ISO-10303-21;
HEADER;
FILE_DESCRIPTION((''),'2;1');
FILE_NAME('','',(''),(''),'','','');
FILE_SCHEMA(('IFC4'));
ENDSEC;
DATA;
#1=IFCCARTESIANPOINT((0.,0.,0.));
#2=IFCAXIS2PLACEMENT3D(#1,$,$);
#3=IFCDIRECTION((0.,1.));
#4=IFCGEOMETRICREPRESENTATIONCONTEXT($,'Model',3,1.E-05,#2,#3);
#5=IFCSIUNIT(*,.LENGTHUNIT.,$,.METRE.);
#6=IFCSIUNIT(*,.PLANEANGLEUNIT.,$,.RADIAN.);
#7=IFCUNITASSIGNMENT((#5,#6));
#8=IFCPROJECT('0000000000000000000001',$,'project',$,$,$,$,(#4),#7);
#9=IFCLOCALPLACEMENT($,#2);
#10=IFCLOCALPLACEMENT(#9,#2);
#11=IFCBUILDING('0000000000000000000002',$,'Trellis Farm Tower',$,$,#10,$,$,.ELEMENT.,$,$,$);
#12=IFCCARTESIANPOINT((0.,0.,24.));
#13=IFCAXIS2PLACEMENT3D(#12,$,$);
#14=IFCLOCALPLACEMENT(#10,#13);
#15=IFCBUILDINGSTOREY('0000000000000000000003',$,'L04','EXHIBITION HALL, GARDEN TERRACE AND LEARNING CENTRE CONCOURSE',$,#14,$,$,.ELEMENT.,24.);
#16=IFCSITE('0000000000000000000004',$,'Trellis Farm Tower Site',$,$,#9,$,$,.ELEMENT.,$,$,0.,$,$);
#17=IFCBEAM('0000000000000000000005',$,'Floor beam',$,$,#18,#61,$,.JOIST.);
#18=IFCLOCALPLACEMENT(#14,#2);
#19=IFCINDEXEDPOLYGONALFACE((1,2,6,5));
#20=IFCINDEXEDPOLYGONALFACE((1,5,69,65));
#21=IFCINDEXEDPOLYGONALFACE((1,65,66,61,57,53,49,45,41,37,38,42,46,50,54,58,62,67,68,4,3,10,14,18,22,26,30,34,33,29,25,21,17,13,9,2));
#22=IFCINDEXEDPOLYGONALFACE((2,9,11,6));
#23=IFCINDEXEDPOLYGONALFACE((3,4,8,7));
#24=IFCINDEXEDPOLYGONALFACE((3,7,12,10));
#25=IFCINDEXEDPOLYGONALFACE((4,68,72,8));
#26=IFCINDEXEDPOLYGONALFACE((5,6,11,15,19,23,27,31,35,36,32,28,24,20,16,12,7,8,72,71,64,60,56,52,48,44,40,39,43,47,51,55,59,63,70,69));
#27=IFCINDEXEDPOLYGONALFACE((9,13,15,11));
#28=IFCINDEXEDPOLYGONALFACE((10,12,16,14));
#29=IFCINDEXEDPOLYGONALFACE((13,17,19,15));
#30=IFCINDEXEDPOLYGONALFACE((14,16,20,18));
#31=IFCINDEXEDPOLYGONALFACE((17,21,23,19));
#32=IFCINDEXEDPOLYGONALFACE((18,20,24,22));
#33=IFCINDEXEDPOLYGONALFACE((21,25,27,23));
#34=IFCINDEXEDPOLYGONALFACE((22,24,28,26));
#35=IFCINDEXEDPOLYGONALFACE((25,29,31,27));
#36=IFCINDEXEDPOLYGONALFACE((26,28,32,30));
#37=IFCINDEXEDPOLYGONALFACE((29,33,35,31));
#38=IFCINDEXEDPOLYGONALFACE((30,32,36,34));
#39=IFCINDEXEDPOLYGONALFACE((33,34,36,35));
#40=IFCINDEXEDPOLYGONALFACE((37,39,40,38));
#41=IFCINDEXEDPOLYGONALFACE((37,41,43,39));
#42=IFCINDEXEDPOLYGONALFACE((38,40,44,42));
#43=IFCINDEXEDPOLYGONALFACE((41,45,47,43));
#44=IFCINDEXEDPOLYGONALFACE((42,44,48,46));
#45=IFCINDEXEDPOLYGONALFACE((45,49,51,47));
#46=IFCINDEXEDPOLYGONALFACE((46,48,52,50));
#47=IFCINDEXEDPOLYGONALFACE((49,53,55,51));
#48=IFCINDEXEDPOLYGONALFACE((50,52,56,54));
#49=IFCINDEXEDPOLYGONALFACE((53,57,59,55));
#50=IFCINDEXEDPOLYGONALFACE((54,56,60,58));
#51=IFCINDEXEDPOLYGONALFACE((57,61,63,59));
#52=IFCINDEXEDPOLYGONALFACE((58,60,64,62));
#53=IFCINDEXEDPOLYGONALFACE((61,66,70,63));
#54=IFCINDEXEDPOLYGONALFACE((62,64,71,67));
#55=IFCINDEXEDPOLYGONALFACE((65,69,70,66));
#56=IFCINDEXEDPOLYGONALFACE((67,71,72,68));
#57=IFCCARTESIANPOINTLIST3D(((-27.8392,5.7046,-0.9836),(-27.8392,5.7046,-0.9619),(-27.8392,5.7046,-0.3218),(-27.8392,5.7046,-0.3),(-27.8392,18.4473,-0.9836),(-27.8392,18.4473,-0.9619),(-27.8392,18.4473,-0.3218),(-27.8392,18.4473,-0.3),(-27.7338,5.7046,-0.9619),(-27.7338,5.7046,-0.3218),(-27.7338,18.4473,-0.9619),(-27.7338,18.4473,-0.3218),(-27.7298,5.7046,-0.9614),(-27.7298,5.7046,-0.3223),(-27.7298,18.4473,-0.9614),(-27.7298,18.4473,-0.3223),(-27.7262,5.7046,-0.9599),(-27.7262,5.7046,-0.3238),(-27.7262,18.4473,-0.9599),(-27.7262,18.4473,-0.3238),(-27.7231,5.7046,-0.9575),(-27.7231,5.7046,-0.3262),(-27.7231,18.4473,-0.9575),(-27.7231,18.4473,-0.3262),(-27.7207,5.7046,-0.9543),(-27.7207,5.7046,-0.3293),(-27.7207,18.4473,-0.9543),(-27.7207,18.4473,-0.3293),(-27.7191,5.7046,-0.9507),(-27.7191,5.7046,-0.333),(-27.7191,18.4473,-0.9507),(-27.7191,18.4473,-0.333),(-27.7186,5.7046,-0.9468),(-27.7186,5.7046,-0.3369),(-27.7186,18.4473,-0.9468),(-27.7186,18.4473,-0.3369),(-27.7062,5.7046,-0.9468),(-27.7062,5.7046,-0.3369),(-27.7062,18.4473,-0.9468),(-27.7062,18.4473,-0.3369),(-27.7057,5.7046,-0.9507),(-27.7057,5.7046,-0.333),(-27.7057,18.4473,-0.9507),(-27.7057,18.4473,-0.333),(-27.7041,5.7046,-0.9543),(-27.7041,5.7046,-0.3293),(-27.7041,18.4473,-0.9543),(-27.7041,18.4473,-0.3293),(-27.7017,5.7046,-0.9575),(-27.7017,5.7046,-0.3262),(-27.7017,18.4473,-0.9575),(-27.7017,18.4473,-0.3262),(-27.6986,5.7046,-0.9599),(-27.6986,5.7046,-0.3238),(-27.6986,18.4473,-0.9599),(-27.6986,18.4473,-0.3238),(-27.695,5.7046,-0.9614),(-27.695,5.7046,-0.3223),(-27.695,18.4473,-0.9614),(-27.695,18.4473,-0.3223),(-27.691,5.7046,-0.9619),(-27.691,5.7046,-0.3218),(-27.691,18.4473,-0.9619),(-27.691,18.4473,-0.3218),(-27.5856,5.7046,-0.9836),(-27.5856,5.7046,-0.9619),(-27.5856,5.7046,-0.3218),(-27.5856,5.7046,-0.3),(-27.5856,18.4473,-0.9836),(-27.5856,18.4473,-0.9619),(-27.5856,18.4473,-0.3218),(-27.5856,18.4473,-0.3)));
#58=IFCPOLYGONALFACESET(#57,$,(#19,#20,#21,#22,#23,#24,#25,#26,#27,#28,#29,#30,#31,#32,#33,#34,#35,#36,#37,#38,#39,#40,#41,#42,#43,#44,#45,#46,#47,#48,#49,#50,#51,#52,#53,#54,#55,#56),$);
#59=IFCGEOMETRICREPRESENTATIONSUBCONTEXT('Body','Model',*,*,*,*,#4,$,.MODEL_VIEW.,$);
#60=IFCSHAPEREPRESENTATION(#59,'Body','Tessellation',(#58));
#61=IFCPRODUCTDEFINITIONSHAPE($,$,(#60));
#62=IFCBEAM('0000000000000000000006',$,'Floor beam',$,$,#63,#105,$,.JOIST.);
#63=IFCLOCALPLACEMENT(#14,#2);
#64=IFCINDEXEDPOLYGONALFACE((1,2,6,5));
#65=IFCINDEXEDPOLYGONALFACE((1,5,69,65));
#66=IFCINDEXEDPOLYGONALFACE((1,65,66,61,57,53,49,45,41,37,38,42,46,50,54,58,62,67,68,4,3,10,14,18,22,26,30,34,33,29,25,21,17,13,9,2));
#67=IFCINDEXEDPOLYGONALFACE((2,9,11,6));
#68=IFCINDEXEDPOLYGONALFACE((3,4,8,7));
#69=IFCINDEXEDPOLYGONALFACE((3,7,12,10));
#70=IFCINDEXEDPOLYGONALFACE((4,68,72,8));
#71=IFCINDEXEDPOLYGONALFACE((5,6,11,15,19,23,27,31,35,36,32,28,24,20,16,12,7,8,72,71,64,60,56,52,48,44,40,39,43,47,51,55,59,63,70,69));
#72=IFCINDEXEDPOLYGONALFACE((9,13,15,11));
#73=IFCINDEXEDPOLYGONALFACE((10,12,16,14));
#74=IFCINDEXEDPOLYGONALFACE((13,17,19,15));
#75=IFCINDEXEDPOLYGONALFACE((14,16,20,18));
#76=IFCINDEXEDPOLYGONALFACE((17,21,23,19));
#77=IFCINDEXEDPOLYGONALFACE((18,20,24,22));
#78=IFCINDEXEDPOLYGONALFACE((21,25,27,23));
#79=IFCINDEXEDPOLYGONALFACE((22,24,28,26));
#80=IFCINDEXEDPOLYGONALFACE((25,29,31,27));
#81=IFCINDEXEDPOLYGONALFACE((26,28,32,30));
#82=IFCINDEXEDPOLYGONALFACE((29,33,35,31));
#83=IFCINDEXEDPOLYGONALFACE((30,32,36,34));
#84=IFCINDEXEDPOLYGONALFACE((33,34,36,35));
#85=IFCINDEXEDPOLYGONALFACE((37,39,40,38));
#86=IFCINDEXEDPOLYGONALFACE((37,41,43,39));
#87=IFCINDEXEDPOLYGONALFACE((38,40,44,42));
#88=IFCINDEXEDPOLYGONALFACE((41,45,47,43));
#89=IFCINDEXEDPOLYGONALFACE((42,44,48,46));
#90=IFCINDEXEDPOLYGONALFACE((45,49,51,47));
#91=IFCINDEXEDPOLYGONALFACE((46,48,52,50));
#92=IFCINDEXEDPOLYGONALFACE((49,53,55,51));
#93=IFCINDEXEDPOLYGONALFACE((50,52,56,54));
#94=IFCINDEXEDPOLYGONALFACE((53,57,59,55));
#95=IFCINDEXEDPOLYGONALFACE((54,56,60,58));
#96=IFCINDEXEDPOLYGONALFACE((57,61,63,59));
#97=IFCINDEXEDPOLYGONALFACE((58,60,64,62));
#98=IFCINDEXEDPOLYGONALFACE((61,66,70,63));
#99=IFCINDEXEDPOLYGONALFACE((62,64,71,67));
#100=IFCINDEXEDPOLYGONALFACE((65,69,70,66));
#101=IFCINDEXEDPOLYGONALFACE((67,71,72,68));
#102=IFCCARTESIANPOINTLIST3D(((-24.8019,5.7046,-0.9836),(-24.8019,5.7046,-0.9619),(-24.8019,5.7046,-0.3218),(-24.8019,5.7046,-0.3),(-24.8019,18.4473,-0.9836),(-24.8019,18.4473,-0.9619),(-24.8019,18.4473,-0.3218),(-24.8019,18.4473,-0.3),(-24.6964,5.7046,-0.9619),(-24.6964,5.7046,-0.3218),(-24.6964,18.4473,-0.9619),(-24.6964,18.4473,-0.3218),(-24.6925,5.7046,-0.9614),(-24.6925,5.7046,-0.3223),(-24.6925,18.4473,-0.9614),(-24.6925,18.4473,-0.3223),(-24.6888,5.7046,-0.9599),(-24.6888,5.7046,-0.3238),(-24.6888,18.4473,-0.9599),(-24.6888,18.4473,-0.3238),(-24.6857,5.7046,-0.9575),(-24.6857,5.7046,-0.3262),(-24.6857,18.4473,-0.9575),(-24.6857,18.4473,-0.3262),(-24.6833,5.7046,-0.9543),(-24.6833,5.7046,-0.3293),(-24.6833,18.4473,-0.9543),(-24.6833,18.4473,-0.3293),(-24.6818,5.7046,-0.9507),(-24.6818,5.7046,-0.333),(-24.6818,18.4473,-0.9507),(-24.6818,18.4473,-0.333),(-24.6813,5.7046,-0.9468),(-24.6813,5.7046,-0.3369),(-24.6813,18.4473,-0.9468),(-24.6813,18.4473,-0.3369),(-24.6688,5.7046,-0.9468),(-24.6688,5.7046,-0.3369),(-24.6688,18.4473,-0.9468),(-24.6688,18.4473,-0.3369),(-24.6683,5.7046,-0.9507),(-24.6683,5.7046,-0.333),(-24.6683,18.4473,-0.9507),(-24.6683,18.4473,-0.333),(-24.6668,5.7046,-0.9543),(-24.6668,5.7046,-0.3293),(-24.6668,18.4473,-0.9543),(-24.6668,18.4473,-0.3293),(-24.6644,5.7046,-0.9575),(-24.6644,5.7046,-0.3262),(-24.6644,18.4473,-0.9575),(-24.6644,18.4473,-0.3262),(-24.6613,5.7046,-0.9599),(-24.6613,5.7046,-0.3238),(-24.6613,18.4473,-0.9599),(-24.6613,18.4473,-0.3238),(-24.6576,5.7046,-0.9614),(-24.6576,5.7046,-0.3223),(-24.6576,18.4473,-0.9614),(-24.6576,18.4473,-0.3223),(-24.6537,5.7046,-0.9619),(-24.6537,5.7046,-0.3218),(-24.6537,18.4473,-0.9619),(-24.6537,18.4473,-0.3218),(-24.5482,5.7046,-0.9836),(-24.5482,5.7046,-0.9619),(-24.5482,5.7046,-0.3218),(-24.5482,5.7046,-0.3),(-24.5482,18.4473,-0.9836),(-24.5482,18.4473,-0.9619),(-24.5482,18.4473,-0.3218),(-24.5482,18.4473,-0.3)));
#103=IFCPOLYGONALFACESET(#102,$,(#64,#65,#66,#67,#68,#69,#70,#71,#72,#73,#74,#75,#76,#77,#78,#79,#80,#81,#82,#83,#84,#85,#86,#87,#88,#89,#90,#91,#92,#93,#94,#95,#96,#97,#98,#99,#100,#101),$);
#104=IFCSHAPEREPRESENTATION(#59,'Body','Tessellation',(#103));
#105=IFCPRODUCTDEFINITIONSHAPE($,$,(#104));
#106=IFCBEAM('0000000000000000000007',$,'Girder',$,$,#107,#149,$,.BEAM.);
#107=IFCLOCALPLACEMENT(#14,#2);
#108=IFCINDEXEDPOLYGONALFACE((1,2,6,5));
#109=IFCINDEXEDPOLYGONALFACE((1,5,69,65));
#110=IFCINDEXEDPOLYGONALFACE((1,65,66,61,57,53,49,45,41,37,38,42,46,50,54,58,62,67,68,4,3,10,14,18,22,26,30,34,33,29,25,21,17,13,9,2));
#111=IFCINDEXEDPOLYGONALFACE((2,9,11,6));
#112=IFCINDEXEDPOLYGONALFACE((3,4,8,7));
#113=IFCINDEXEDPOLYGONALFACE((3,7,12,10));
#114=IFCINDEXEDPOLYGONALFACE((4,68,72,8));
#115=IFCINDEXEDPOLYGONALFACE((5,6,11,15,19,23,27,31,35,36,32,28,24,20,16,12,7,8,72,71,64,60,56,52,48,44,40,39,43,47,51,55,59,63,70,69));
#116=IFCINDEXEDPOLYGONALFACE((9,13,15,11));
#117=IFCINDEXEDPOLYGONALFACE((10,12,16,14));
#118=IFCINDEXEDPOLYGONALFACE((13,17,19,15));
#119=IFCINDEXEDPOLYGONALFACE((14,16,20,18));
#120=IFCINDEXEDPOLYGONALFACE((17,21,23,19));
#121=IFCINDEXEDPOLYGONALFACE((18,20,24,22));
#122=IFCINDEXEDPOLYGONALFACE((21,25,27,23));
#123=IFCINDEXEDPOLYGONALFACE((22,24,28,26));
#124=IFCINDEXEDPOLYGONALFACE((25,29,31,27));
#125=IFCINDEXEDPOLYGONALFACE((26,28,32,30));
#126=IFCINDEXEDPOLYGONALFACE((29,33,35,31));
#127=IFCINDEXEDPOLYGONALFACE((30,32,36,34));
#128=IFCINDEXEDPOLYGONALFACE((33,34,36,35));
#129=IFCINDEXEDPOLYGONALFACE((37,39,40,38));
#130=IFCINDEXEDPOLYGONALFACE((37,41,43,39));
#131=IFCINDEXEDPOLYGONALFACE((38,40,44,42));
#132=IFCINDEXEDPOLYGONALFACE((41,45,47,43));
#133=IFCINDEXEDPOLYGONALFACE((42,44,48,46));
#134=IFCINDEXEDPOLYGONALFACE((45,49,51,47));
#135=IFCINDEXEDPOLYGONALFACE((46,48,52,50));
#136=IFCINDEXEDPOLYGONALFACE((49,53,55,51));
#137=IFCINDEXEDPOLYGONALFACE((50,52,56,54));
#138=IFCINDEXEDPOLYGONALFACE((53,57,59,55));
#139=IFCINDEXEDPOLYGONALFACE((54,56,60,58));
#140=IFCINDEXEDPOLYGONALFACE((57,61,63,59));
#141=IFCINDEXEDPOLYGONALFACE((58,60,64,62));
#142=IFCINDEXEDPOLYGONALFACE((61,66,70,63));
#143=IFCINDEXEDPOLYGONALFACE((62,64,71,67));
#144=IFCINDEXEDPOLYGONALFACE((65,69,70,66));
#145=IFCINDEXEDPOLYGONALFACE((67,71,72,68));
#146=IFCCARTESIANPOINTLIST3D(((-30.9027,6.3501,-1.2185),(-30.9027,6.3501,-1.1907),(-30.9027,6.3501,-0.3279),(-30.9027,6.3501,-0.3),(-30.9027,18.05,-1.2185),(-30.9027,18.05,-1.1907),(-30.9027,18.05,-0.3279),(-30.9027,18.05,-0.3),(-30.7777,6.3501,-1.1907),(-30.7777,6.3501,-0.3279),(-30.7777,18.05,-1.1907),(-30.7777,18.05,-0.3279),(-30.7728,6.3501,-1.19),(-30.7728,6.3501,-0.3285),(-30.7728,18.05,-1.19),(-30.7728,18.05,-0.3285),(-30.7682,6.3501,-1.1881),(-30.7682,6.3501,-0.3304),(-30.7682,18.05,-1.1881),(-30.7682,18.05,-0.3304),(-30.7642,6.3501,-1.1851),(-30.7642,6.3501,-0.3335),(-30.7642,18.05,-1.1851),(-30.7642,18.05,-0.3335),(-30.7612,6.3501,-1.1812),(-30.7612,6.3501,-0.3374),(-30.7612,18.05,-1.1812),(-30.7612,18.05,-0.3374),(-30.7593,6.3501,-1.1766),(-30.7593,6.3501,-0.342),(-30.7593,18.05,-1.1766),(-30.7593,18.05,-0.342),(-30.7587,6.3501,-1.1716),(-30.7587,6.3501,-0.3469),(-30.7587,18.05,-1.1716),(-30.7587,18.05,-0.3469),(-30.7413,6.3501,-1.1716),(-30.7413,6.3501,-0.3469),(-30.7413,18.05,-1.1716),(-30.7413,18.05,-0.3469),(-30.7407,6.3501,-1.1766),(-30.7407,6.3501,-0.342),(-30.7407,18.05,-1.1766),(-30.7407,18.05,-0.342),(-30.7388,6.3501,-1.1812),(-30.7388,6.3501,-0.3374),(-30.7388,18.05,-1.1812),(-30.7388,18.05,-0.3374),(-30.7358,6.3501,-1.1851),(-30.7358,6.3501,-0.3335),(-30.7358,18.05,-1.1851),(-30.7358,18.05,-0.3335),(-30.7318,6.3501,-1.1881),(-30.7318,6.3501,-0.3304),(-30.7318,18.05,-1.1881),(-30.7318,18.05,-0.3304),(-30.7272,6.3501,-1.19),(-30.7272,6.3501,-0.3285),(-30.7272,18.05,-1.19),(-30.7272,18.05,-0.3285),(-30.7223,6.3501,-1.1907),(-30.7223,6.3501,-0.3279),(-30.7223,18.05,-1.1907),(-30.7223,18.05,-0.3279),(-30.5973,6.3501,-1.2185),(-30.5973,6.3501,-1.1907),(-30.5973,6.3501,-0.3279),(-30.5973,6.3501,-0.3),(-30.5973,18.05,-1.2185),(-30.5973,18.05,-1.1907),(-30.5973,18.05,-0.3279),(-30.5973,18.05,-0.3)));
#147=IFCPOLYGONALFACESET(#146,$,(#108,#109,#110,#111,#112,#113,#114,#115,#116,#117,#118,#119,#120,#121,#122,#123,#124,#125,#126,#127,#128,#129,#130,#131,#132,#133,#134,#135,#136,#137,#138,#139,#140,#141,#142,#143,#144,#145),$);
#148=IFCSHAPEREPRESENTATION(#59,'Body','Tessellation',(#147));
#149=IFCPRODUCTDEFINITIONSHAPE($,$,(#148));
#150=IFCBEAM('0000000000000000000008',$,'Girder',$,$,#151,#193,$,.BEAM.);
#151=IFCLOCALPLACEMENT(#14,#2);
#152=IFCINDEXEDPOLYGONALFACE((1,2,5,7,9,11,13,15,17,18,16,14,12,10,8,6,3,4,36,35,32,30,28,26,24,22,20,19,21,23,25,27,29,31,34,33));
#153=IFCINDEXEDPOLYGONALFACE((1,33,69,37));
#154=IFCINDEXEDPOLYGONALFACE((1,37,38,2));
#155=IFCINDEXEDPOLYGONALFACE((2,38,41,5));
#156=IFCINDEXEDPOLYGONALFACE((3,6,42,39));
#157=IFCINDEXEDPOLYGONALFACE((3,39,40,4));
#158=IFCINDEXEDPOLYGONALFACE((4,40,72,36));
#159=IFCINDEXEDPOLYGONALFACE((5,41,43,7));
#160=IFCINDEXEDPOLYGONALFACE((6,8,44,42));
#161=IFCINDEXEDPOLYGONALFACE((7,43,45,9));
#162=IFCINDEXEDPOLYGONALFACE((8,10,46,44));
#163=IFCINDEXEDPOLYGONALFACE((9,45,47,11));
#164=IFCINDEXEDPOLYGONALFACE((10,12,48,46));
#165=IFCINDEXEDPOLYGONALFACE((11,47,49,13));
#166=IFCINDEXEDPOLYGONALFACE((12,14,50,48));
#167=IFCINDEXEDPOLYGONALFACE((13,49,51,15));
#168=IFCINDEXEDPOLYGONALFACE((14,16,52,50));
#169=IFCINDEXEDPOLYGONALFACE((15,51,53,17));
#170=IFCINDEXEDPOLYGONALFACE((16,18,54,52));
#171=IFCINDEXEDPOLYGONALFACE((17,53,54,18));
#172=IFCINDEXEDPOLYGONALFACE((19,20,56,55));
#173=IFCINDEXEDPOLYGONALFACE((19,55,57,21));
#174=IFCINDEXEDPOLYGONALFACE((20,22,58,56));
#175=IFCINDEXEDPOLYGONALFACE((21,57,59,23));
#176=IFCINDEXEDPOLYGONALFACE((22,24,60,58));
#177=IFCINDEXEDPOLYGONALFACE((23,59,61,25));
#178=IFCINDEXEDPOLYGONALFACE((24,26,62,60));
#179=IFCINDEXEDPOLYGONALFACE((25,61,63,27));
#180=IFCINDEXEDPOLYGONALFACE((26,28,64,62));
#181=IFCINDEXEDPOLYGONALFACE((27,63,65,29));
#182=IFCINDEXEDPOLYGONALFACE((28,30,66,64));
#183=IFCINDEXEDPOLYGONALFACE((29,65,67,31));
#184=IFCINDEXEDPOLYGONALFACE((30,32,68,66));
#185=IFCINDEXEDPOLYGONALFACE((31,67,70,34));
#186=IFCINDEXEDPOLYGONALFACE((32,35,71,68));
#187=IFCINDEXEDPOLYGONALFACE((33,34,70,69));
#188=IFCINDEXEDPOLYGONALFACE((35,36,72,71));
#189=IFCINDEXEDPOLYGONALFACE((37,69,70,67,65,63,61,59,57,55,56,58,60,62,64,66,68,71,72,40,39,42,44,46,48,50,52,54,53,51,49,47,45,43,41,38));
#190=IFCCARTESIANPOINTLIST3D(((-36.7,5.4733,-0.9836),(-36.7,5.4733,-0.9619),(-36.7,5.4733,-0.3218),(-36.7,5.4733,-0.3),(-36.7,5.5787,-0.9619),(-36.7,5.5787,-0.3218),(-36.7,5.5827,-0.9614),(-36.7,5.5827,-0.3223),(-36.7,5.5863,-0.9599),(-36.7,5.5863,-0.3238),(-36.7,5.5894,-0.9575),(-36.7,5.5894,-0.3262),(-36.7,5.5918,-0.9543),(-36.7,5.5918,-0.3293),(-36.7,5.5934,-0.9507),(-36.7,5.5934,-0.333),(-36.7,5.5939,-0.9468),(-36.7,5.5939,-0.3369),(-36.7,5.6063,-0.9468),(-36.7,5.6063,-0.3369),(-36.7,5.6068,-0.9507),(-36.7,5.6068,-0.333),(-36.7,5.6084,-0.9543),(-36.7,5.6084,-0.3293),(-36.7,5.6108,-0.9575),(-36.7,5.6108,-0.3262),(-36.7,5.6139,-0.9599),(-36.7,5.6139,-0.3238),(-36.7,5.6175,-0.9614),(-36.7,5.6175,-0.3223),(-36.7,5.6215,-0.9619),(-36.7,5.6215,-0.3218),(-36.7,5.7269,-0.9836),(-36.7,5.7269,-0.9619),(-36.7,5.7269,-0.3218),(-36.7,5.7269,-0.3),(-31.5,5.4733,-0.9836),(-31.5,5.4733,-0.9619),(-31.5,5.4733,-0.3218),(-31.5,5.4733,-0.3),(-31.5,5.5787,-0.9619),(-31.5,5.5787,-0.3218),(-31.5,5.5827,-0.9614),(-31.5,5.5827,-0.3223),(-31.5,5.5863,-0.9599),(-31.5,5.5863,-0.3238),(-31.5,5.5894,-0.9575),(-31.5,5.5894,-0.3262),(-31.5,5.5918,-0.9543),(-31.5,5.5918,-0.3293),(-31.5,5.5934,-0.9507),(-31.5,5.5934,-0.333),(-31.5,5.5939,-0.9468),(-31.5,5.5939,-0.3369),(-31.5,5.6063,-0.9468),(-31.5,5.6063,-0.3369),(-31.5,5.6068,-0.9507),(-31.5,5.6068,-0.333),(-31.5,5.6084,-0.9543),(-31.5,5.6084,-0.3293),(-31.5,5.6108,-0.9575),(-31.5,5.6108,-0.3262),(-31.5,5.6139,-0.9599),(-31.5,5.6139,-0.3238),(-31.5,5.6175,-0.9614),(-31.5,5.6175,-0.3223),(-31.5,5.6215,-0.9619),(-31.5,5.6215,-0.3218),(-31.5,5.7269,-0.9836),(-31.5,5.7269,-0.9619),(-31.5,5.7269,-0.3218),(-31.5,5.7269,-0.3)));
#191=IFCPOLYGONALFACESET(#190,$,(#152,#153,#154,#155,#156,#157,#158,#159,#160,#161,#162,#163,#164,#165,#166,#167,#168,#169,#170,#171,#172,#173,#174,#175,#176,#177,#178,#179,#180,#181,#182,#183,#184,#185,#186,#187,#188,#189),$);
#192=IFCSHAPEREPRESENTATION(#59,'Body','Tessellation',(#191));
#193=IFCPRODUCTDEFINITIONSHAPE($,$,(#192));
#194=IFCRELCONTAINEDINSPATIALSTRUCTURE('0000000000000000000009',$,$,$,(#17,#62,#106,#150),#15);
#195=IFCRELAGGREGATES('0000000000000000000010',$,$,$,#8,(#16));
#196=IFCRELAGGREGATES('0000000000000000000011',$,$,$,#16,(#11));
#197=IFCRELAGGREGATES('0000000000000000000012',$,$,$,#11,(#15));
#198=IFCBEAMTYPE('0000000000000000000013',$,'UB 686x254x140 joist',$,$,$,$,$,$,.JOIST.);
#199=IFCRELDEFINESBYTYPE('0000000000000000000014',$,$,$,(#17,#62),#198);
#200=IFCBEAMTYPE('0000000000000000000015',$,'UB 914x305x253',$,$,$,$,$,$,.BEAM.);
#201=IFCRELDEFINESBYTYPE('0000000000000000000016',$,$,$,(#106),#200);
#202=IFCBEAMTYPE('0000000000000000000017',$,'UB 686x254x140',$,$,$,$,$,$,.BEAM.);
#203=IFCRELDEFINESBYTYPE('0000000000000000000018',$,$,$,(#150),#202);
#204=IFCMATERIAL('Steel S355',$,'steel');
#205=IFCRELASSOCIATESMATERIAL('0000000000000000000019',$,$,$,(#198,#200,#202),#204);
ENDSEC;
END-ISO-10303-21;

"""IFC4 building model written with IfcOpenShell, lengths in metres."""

from ifc_helpers import new_model, si_unit, direction, frame, origin, origin_2d, place, context, subcontext, project, spatial, i_section, extrude, source, transform, mapped, material, material_profile, profile_set, type_object, element, save


model = new_model("IFC4")

# Units and contexts
model_context = context("Model", 3, precision=1e-05, world=origin(), true_north=direction((0.0, 1.0)))
body_context = subcontext(model_context, "Body", "Model", "MODEL_VIEW")
ifc_project = project(units=[si_unit("LENGTHUNIT", "METRE"), si_unit("PLANEANGLEUNIT", "RADIAN")], contexts=[model_context])

# Site, building, storey
site_placement = place(None, origin())
site = spatial("IfcSite", under=ifc_project, at=site_placement, Name="Trellis Farm Tower Site", CompositionType="ELEMENT", RefElevation=0.0)
building_placement = place(site_placement, origin())
building = spatial("IfcBuilding", under=site, at=building_placement, Name="Trellis Farm Tower", CompositionType="ELEMENT")
storey_placement = place(building_placement, frame((0.0, 0.0, 24.0)))
storey = spatial("IfcBuildingStorey", under=building, at=storey_placement, Name="L04", Description="EXHIBITION HALL, GARDEN TERRACE AND LEARNING CENTRE CONCOURSE", CompositionType="ELEMENT", Elevation=24.0)

# Beams
ifc_material_1 = material(Name="Steel S355", Category="steel")
ifc_material_profile_1 = material_profile(ifc_material_1, i_section(OverallWidth=0.2537, OverallDepth=0.6836, WebThickness=0.0125, FlangeThickness=0.0217, FilletRadius=0.0151, at=origin_2d()), Name="UB 686x254x140")
ifc_profile_set_1 = profile_set([ifc_material_profile_1], Name="Steel S355")
beam_type_1 = type_object("IfcBeamType", Name="UB 686x254x140 joist", PredefinedType="JOIST", material=ifc_profile_set_1)
ifc_material_profile_2 = material_profile(ifc_material_1, i_section(OverallWidth=0.3054, OverallDepth=0.9185, WebThickness=0.0173, FlangeThickness=0.0278, FilletRadius=0.019, at=origin_2d()), Name="UB 914x305x253")
ifc_profile_set_2 = profile_set([ifc_material_profile_2], Name="Steel S355")
beam_type_2 = type_object("IfcBeamType", Name="UB 914x305x253", PredefinedType="BEAM", material=ifc_profile_set_2)
shared_shape_1 = source(origin(), body_context, "Body", "SweptSolid", [
    extrude(i_section(OverallWidth=0.2537, OverallDepth=0.6836, WebThickness=0.0125, FlangeThickness=0.0217, FilletRadius=0.0151, at=origin_2d()), origin(), (0.0, 0.0, 1.0), 12.7427),
])
for number, where, z_axis, x_axis, name in (
    (1, (-27.7124, 5.7046, -0.6418), (0.0, 1.0, 0.0), (-1.0, 0.0, 0.0), "Floor beam"),
    (2, (-24.675, 5.7046, -0.6418), (0.0, 1.0, 0.0), (-1.0, 0.0, 0.0), "Floor beam"),
):
    element("IfcBeam", number, at=place(storey_placement, frame(where, z_axis=z_axis, x_axis=x_axis)), inside=storey, type_object=beam_type_1, Name=name, PredefinedType="JOIST", context=body_context, shape_type="MappedRepresentation", body=[
        mapped(shared_shape_1, transform((0.0, 0.0, 0.0))),
    ])
shared_shape_2 = source(origin(), body_context, "Body", "SweptSolid", [
    extrude(i_section(OverallWidth=0.3054, OverallDepth=0.9185, WebThickness=0.0173, FlangeThickness=0.0278, FilletRadius=0.019, at=origin_2d()), origin(), (0.0, 0.0, 1.0), 11.7),
])
beam_1_placement = place(storey_placement, frame((-30.75, 6.3501, -0.7593), z_axis=(0.0, 1.0, 0.0), x_axis=(-1.0, 0.0, 0.0)))
element("IfcBeam", 3, at=beam_1_placement, inside=storey, type_object=beam_type_2, Name="Girder", PredefinedType="BEAM", context=body_context, shape_type="MappedRepresentation", body=[
    mapped(shared_shape_2, transform((0.0, 0.0, 0.0))),
])
ifc_material_profile_3 = material_profile(ifc_material_1, i_section(OverallWidth=0.2537, OverallDepth=0.6836, WebThickness=0.0125, FlangeThickness=0.0217, FilletRadius=0.0151, at=origin_2d()), Name="UB 686x254x140")
ifc_profile_set_3 = profile_set([ifc_material_profile_3], Name="Steel S355")
beam_type_3 = type_object("IfcBeamType", Name="UB 686x254x140", PredefinedType="BEAM", material=ifc_profile_set_3)
shared_shape_3 = source(origin(), body_context, "Body", "SweptSolid", [
    extrude(i_section(OverallWidth=0.2537, OverallDepth=0.6836, WebThickness=0.0125, FlangeThickness=0.0217, FilletRadius=0.0151, at=origin_2d()), origin(), (0.0, 0.0, 1.0), 5.2),
])
beam_2_placement = place(storey_placement, frame((-36.7, 5.6001, -0.6418), z_axis=(1.0, 0.0, 0.0), x_axis=(0.0, 1.0, 0.0)))
element("IfcBeam", 4, at=beam_2_placement, inside=storey, type_object=beam_type_3, Name="Girder", PredefinedType="BEAM", context=body_context, shape_type="MappedRepresentation", body=[
    mapped(shared_shape_3, transform((0.0, 0.0, 0.0))),
])

save(model, "model.ifc")
